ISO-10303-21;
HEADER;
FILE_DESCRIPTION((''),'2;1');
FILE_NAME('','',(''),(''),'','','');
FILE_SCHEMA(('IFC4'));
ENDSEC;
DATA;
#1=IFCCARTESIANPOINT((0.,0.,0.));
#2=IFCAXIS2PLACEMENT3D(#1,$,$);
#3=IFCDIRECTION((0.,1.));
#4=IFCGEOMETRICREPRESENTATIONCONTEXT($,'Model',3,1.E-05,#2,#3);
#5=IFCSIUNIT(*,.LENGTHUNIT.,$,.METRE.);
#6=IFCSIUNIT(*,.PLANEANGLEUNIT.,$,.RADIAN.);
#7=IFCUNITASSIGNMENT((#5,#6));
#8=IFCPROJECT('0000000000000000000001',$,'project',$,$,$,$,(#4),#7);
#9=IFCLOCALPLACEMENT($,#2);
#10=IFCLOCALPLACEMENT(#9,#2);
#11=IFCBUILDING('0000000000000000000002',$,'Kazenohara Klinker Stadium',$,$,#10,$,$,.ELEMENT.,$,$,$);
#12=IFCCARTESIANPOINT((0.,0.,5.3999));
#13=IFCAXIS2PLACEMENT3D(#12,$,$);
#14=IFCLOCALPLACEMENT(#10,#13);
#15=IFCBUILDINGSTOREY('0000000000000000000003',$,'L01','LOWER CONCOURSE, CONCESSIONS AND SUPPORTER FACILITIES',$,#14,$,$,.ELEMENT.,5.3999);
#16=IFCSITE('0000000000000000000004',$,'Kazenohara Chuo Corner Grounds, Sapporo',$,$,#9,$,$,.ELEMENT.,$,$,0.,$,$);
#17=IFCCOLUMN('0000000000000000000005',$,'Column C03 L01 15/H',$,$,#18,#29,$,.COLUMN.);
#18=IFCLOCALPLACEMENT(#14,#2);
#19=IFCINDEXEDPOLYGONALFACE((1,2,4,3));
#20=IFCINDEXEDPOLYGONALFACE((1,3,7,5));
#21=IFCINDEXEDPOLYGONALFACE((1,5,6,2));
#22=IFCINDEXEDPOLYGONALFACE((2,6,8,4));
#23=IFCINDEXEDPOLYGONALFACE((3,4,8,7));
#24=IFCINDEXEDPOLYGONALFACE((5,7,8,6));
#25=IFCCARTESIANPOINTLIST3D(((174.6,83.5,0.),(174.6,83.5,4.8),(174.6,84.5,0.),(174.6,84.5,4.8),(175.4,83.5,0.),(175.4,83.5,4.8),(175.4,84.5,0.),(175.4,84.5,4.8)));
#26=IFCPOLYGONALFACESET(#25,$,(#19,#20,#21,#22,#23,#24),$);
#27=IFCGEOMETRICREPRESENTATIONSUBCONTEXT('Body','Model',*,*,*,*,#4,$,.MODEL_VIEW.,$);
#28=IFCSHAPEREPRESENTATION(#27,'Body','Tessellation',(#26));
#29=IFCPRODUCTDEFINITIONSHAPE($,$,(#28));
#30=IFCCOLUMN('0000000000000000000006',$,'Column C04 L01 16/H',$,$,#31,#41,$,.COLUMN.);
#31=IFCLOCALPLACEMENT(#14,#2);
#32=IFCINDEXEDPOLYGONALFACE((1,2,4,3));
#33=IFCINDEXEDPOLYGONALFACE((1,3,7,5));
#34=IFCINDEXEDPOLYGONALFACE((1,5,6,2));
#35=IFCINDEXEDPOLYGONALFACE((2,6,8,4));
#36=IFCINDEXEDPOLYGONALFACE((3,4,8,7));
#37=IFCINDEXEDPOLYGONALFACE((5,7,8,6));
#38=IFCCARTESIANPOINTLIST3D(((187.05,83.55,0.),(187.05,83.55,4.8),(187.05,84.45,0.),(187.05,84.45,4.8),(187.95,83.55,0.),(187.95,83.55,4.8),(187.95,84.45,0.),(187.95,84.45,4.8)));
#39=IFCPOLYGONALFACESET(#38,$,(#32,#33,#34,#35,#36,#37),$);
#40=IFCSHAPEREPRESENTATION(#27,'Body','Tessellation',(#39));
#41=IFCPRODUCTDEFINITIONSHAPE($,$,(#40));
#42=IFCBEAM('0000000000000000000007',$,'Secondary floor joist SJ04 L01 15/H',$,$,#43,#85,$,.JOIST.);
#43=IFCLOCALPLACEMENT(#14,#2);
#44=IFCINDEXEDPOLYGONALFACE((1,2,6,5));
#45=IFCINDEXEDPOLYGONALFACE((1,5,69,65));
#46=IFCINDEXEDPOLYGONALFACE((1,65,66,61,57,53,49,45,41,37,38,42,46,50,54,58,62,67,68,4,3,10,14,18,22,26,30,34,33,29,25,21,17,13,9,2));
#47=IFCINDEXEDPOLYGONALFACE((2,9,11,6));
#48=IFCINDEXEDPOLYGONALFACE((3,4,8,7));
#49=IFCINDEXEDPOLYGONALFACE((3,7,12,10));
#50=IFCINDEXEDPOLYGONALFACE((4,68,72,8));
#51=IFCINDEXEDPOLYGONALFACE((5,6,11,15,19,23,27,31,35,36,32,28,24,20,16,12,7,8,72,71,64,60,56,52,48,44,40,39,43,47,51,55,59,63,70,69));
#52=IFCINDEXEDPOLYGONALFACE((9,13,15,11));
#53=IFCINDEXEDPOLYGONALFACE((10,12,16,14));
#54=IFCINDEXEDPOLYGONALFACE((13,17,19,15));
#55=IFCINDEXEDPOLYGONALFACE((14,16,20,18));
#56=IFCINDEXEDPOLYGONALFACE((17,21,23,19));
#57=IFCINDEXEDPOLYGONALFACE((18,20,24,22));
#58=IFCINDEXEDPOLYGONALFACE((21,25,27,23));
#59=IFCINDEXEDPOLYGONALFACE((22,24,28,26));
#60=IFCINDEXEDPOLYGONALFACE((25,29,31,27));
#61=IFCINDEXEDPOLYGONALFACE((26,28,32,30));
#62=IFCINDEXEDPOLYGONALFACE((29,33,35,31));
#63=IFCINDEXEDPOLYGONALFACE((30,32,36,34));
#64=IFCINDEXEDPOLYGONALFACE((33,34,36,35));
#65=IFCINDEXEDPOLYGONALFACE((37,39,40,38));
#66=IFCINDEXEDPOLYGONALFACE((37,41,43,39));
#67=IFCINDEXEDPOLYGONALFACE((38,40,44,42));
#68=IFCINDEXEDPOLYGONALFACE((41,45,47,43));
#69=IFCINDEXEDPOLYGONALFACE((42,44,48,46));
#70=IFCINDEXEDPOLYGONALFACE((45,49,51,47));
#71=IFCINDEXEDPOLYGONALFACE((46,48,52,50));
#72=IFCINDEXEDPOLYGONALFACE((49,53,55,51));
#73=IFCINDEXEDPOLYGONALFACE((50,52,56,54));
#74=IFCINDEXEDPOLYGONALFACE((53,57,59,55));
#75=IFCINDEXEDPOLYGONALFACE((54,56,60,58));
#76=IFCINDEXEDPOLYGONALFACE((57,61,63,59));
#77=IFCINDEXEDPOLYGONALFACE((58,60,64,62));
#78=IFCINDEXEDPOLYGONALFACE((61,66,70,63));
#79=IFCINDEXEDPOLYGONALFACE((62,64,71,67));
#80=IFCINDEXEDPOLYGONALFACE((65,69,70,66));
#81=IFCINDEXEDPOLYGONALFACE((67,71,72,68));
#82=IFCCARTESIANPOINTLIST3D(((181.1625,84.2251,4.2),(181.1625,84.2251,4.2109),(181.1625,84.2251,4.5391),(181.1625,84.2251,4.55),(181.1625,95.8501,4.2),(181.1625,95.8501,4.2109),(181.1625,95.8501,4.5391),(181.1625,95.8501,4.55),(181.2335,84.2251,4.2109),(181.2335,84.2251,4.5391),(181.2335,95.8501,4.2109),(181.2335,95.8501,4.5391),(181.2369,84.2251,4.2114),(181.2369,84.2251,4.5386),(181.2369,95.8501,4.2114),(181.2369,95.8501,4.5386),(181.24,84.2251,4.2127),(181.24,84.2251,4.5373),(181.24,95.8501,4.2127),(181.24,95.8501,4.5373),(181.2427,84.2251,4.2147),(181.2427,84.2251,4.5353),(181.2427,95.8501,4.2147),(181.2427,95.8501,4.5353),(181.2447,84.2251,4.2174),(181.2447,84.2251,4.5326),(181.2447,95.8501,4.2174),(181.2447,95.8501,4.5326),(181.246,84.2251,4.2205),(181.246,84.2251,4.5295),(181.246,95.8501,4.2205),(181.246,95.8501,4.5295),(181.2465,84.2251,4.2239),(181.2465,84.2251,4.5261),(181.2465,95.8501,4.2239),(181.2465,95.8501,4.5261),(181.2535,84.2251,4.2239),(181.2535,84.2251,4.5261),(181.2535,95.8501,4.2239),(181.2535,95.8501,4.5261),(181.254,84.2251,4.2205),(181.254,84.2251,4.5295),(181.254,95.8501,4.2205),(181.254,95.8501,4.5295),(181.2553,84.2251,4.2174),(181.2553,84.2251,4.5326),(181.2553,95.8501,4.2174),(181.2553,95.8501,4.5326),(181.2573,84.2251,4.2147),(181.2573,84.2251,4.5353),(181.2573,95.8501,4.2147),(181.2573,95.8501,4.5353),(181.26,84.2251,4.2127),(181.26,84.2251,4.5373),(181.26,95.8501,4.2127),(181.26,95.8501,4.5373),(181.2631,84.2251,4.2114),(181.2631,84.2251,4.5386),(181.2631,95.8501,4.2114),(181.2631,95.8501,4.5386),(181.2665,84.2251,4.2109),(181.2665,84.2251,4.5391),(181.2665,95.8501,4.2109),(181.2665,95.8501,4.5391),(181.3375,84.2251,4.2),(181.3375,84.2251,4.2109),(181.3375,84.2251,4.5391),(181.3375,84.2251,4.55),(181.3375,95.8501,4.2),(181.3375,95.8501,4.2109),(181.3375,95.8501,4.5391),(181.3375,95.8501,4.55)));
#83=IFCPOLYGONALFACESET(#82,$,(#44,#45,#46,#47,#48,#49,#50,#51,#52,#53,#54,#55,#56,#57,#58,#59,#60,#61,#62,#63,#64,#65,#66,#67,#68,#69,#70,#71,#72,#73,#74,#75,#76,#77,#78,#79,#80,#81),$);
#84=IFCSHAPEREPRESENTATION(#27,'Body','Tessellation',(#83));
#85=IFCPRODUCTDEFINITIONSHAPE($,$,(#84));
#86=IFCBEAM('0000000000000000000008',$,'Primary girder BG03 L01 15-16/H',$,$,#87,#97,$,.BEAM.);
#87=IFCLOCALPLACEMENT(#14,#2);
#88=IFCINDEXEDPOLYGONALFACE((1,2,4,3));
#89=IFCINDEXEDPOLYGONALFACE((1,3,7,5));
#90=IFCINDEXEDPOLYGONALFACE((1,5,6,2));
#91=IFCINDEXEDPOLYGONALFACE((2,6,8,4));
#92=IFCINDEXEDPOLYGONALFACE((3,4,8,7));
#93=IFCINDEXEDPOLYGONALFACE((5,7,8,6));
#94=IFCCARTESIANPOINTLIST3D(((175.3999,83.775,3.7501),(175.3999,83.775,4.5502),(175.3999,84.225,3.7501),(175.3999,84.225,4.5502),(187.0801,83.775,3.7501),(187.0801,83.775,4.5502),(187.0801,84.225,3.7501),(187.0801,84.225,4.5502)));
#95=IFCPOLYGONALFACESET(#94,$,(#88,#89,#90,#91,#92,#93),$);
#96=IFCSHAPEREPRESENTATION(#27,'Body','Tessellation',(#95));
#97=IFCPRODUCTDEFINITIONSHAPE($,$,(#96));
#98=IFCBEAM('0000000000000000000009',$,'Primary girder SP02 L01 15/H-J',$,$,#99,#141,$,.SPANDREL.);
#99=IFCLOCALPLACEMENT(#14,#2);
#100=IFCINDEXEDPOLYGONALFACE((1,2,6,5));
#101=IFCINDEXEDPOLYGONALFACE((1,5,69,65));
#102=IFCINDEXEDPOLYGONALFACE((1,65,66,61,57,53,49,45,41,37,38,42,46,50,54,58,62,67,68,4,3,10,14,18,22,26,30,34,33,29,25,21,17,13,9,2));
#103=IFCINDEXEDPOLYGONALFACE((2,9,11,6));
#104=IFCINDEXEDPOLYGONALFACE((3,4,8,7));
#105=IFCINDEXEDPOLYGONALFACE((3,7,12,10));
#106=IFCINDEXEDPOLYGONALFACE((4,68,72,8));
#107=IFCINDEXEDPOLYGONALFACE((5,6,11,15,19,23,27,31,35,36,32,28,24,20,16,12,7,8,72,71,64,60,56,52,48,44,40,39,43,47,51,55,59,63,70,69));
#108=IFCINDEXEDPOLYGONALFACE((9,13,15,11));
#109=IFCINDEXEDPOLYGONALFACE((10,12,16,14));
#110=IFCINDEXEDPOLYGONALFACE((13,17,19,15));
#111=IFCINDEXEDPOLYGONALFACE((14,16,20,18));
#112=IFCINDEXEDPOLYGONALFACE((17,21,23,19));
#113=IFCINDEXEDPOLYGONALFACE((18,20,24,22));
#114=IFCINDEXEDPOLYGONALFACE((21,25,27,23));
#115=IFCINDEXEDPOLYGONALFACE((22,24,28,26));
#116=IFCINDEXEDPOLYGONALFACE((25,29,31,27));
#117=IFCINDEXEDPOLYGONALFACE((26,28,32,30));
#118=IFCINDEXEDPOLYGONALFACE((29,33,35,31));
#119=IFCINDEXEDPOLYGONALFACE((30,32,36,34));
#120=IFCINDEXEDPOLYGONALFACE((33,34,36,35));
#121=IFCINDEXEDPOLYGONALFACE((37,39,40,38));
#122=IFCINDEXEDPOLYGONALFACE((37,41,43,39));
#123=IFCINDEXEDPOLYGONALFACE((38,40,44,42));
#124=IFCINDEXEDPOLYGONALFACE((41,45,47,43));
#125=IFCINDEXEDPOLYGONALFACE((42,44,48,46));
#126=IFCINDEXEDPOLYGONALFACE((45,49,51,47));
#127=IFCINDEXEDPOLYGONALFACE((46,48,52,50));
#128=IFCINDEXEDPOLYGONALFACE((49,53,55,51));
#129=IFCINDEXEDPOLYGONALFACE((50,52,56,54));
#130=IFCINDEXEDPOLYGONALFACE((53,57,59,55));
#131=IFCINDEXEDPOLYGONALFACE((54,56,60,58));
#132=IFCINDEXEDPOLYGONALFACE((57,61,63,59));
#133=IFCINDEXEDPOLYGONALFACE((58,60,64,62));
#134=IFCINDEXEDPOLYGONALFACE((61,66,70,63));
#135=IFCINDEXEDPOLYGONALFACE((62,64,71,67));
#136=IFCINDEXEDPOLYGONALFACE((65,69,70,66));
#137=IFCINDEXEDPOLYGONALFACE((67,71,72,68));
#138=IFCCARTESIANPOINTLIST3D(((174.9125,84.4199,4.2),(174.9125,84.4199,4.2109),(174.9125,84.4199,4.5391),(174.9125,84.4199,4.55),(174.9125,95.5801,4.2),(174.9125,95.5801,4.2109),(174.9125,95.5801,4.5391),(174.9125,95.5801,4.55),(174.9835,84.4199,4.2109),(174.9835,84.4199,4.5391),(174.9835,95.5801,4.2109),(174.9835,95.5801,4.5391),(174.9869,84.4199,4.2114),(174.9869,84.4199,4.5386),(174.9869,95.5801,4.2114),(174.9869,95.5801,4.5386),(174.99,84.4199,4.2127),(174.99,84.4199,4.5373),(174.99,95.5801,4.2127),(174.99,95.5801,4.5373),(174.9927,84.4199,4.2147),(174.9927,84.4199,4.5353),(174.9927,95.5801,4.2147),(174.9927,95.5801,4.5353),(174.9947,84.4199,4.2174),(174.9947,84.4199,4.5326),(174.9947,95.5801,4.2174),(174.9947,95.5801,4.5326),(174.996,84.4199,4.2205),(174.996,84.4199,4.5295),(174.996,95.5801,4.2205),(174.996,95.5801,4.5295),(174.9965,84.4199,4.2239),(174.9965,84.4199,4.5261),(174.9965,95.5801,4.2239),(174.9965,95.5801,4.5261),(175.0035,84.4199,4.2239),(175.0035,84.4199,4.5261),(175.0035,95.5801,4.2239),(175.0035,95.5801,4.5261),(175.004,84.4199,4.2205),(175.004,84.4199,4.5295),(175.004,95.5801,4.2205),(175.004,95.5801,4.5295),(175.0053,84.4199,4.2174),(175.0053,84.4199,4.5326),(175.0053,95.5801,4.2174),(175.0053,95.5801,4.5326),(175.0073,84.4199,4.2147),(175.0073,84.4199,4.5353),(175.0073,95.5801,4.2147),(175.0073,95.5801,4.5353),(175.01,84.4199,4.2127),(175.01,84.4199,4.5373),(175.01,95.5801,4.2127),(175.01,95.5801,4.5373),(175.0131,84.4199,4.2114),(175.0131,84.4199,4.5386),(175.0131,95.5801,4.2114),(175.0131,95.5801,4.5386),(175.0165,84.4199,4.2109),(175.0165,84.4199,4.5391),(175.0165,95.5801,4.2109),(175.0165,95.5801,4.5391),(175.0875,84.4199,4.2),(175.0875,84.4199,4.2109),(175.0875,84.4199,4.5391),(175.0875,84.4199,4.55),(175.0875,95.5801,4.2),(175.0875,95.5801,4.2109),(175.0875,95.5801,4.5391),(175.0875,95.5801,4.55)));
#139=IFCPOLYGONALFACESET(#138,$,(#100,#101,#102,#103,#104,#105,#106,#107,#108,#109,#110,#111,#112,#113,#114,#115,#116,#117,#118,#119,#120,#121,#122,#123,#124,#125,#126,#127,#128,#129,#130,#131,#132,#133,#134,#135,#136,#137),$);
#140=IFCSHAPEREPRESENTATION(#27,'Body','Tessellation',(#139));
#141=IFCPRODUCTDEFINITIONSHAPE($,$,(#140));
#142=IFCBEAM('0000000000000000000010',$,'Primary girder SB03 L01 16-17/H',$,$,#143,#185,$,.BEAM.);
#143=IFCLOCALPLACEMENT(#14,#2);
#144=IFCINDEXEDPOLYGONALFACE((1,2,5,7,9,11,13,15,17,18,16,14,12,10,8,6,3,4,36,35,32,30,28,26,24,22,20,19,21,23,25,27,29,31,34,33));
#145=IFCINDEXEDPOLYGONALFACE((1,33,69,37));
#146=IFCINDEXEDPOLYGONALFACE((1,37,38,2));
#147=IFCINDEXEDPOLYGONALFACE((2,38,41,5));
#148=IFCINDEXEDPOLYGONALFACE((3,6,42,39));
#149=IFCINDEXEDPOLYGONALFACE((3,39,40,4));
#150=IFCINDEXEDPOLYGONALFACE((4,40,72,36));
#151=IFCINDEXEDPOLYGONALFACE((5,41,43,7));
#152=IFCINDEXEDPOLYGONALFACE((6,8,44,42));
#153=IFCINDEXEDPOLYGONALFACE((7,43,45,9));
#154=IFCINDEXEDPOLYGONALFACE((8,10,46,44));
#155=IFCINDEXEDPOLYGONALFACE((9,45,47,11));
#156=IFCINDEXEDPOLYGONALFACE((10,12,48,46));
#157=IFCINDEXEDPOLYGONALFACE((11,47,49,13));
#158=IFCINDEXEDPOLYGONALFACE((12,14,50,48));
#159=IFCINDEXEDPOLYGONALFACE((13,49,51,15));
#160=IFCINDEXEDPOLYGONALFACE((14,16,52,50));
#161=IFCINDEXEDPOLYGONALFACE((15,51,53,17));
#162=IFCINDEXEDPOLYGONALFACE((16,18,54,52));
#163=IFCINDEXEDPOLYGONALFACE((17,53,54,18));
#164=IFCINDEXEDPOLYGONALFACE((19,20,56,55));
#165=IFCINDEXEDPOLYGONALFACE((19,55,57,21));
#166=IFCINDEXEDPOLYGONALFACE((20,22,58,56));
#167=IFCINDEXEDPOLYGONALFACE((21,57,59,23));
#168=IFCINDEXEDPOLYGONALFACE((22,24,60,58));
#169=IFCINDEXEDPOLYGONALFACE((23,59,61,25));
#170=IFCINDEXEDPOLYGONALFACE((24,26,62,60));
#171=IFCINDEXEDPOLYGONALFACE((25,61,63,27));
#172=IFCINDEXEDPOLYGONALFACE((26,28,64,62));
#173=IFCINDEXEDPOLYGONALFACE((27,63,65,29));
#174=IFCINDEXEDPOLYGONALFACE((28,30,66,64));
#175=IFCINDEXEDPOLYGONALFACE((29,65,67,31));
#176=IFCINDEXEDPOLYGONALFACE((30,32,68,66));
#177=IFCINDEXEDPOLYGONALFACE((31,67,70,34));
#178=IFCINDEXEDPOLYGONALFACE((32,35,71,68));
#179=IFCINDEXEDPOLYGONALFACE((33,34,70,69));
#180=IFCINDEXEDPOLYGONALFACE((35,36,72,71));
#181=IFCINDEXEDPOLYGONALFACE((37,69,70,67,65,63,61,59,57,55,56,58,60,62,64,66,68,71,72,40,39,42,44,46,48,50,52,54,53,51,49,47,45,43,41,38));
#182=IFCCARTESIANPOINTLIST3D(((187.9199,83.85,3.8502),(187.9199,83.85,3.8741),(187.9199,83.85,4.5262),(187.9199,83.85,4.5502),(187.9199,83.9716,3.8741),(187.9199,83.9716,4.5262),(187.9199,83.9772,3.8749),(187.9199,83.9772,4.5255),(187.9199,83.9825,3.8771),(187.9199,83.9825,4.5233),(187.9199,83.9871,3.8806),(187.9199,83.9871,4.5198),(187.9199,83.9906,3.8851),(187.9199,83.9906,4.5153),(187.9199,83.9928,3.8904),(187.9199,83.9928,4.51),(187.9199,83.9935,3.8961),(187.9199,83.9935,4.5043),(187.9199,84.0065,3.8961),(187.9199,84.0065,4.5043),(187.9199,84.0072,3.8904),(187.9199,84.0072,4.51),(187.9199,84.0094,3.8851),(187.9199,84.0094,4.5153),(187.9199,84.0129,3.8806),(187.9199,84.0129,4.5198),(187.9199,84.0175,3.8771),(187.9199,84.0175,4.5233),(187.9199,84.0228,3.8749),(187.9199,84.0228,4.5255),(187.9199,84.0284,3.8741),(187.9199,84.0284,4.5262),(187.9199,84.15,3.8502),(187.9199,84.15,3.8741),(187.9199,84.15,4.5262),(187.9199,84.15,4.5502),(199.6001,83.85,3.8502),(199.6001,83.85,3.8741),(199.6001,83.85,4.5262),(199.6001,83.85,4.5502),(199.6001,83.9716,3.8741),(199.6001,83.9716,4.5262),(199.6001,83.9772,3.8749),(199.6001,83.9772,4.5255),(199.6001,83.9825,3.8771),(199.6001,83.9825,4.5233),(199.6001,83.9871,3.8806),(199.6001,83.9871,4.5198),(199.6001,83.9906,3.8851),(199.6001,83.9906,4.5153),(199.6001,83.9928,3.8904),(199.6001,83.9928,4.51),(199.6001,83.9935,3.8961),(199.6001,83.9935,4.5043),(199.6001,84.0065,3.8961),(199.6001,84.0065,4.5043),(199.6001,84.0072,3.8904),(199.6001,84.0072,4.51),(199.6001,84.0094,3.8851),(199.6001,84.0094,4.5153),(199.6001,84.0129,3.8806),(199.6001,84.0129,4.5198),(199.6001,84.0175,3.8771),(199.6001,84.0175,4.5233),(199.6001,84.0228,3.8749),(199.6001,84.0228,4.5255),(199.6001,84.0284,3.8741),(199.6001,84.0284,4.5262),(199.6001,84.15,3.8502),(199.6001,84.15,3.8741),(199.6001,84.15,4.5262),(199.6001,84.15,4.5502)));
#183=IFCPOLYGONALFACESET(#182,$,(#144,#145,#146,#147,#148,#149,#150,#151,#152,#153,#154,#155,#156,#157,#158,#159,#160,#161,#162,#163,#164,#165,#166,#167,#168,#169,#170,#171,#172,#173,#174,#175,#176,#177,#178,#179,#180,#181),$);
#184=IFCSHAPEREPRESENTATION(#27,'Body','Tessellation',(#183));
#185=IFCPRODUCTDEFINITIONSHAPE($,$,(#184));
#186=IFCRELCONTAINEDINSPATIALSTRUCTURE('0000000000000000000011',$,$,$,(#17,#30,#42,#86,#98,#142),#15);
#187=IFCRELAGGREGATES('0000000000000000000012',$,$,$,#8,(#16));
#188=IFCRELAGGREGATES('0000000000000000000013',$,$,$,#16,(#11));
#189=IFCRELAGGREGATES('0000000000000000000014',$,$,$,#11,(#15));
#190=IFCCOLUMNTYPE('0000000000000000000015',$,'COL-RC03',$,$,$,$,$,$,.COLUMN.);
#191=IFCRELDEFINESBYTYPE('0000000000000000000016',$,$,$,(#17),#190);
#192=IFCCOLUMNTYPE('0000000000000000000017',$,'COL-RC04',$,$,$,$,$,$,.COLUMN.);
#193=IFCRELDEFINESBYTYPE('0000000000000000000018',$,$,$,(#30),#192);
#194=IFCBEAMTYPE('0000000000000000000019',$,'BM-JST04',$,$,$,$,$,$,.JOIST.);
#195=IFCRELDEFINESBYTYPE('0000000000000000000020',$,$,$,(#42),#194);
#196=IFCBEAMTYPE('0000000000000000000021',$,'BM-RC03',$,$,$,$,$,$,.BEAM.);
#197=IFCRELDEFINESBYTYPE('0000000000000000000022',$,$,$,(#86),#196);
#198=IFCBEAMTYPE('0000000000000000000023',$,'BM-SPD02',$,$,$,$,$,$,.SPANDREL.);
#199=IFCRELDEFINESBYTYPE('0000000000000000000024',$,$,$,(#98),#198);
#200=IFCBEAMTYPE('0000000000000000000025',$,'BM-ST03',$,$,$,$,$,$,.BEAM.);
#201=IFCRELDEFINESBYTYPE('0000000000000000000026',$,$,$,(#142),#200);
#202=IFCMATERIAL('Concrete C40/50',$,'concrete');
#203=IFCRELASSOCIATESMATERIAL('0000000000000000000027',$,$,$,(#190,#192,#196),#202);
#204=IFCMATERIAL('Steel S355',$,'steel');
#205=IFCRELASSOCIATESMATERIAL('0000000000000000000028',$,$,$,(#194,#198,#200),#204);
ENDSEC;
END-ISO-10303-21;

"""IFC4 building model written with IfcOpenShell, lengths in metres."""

from ifc_helpers import new_model, si_unit, direction, frame, origin, origin_2d, place, context, subcontext, project, spatial, rectangle, i_section, extrude, material, material_profile, profile_set, type_object, element, save


model = new_model("IFC4")

# Units and contexts
model_context = context("Model", 3, precision=1e-05, world=origin(), true_north=direction((0.0, 1.0)))
body_context = subcontext(model_context, "Body", "Model", "MODEL_VIEW")
ifc_project = project(units=[si_unit("LENGTHUNIT", "METRE"), si_unit("PLANEANGLEUNIT", "RADIAN")], contexts=[model_context])

# Site, building, storey
site_placement = place(None, origin())
site = spatial("IfcSite", under=ifc_project, at=site_placement, Name="Kazenohara Chuo Corner Grounds, Sapporo", CompositionType="ELEMENT", RefElevation=0.0)
building_placement = place(site_placement, origin())
building = spatial("IfcBuilding", under=site, at=building_placement, Name="Kazenohara Klinker Stadium", CompositionType="ELEMENT")
storey_placement = place(building_placement, frame((0.0, 0.0, 5.3999)))
storey = spatial("IfcBuildingStorey", under=building, at=storey_placement, Name="L01", Description="LOWER CONCOURSE, CONCESSIONS AND SUPPORTER FACILITIES", CompositionType="ELEMENT", Elevation=5.3999)

# Columns
ifc_material_1 = material(Name="Concrete C40/50", Category="concrete")
ifc_material_profile_1 = material_profile(ifc_material_1, rectangle(XDim=0.8, YDim=1.0, at=origin_2d()), Name="RC-COL-1000x800")
ifc_profile_set_1 = profile_set([ifc_material_profile_1], Name="Concrete C40/50")
column_type_1 = type_object("IfcColumnType", Name="COL-RC03", PredefinedType="COLUMN", material=ifc_profile_set_1)
column_1_placement = place(storey_placement, frame((175.0, 84.0, 0.0), z_axis=(0.0, 0.0, 1.0), x_axis=(1.0, 0.0, 0.0)))
element("IfcColumn", 1, at=column_1_placement, inside=storey, type_object=column_type_1, Name="Column C03 L01 15/H", PredefinedType="COLUMN", context=body_context, shape_type="SweptSolid", body=[
    extrude(rectangle(XDim=0.8, YDim=1.0, at=origin_2d()), origin(), (0.0, 0.0, 1.0), 4.8),
])
ifc_material_profile_2 = material_profile(ifc_material_1, rectangle(XDim=0.8999, YDim=0.8999, at=origin_2d()), Name="RC-COL-900x900")
ifc_profile_set_2 = profile_set([ifc_material_profile_2], Name="Concrete C40/50")
column_type_2 = type_object("IfcColumnType", Name="COL-RC04", PredefinedType="COLUMN", material=ifc_profile_set_2)
column_2_placement = place(storey_placement, frame((187.5, 84.0, 0.0), z_axis=(0.0, 0.0, 1.0), x_axis=(1.0, 0.0, 0.0)))
element("IfcColumn", 2, at=column_2_placement, inside=storey, type_object=column_type_2, Name="Column C04 L01 16/H", PredefinedType="COLUMN", context=body_context, shape_type="SweptSolid", body=[
    extrude(rectangle(XDim=0.8999, YDim=0.8999, at=origin_2d()), origin(), (0.0, 0.0, 1.0), 4.8),
])

# Beams
ifc_material_2 = material(Name="Steel S355", Category="steel")
ifc_material_profile_3 = material_profile(ifc_material_2, i_section(OverallWidth=0.175, OverallDepth=0.3501, WebThickness=0.0071, FlangeThickness=0.011, FilletRadius=0.0129, at=origin_2d()), Name="H-350x175x7x11")
ifc_profile_set_3 = profile_set([ifc_material_profile_3], Name="Steel S355")
beam_type_1 = type_object("IfcBeamType", Name="BM-JST04", PredefinedType="JOIST", material=ifc_profile_set_3)
beam_1_placement = place(storey_placement, frame((181.25, 84.2251, 4.375), z_axis=(0.0, 1.0, 0.0), x_axis=(-1.0, 0.0, 0.0)))
element("IfcBeam", 3, at=beam_1_placement, inside=storey, type_object=beam_type_1, Name="Secondary floor joist SJ04 L01 15/H", PredefinedType="JOIST", context=body_context, shape_type="SweptSolid", body=[
    extrude(i_section(OverallWidth=0.175, OverallDepth=0.3501, WebThickness=0.0071, FlangeThickness=0.011, FilletRadius=0.0129, at=origin_2d()), origin(), (0.0, 0.0, 1.0), 11.625),
])
ifc_material_profile_4 = material_profile(ifc_material_1, rectangle(XDim=0.45, YDim=0.8, at=origin_2d()), Name="RC-BM-450x800")
ifc_profile_set_4 = profile_set([ifc_material_profile_4], Name="Concrete C40/50")
beam_type_2 = type_object("IfcBeamType", Name="BM-RC03", PredefinedType="BEAM", material=ifc_profile_set_4)
beam_2_placement = place(storey_placement, frame((175.3999, 84.0, 4.1501), z_axis=(1.0, 0.0, 0.0), x_axis=(0.0, 1.0, 0.0)))
element("IfcBeam", 4, at=beam_2_placement, inside=storey, type_object=beam_type_2, Name="Primary girder BG03 L01 15-16/H", PredefinedType="BEAM", context=body_context, shape_type="SweptSolid", body=[
    extrude(rectangle(XDim=0.45, YDim=0.8, at=origin_2d()), origin(), (0.0, 0.0, 1.0), 11.6802),
])
ifc_material_profile_5 = material_profile(ifc_material_2, i_section(OverallWidth=0.175, OverallDepth=0.3501, WebThickness=0.0071, FlangeThickness=0.011, FilletRadius=0.0129, at=origin_2d()), Name="H-350x175x7x11")
ifc_profile_set_5 = profile_set([ifc_material_profile_5], Name="Steel S355")
beam_type_3 = type_object("IfcBeamType", Name="BM-SPD02", PredefinedType="SPANDREL", material=ifc_profile_set_5)
beam_3_placement = place(storey_placement, frame((175.0, 84.4199, 4.375), z_axis=(0.0, 1.0, 0.0), x_axis=(-1.0, 0.0, 0.0)))
element("IfcBeam", 5, at=beam_3_placement, inside=storey, type_object=beam_type_3, Name="Primary girder SP02 L01 15/H-J", PredefinedType="SPANDREL", context=body_context, shape_type="SweptSolid", body=[
    extrude(i_section(OverallWidth=0.175, OverallDepth=0.3501, WebThickness=0.0071, FlangeThickness=0.011, FilletRadius=0.0129, at=origin_2d()), origin(), (0.0, 0.0, 1.0), 11.1602),
])
ifc_material_profile_6 = material_profile(ifc_material_2, i_section(OverallWidth=0.3, OverallDepth=0.7, WebThickness=0.0129, FlangeThickness=0.0239, FilletRadius=0.022, at=origin_2d()), Name="H-700x300x13x24")
ifc_profile_set_6 = profile_set([ifc_material_profile_6], Name="Steel S355")
beam_type_4 = type_object("IfcBeamType", Name="BM-ST03", PredefinedType="BEAM", material=ifc_profile_set_6)
beam_4_placement = place(storey_placement, frame((187.9199, 84.0, 4.2002), z_axis=(1.0, 0.0, 0.0), x_axis=(0.0, 1.0, 0.0)))
element("IfcBeam", 6, at=beam_4_placement, inside=storey, type_object=beam_type_4, Name="Primary girder SB03 L01 16-17/H", PredefinedType="BEAM", context=body_context, shape_type="SweptSolid", body=[
    extrude(i_section(OverallWidth=0.3, OverallDepth=0.7, WebThickness=0.0129, FlangeThickness=0.0239, FilletRadius=0.022, at=origin_2d()), origin(), (0.0, 0.0, 1.0), 11.6802),
])

save(model, "model.ifc")
